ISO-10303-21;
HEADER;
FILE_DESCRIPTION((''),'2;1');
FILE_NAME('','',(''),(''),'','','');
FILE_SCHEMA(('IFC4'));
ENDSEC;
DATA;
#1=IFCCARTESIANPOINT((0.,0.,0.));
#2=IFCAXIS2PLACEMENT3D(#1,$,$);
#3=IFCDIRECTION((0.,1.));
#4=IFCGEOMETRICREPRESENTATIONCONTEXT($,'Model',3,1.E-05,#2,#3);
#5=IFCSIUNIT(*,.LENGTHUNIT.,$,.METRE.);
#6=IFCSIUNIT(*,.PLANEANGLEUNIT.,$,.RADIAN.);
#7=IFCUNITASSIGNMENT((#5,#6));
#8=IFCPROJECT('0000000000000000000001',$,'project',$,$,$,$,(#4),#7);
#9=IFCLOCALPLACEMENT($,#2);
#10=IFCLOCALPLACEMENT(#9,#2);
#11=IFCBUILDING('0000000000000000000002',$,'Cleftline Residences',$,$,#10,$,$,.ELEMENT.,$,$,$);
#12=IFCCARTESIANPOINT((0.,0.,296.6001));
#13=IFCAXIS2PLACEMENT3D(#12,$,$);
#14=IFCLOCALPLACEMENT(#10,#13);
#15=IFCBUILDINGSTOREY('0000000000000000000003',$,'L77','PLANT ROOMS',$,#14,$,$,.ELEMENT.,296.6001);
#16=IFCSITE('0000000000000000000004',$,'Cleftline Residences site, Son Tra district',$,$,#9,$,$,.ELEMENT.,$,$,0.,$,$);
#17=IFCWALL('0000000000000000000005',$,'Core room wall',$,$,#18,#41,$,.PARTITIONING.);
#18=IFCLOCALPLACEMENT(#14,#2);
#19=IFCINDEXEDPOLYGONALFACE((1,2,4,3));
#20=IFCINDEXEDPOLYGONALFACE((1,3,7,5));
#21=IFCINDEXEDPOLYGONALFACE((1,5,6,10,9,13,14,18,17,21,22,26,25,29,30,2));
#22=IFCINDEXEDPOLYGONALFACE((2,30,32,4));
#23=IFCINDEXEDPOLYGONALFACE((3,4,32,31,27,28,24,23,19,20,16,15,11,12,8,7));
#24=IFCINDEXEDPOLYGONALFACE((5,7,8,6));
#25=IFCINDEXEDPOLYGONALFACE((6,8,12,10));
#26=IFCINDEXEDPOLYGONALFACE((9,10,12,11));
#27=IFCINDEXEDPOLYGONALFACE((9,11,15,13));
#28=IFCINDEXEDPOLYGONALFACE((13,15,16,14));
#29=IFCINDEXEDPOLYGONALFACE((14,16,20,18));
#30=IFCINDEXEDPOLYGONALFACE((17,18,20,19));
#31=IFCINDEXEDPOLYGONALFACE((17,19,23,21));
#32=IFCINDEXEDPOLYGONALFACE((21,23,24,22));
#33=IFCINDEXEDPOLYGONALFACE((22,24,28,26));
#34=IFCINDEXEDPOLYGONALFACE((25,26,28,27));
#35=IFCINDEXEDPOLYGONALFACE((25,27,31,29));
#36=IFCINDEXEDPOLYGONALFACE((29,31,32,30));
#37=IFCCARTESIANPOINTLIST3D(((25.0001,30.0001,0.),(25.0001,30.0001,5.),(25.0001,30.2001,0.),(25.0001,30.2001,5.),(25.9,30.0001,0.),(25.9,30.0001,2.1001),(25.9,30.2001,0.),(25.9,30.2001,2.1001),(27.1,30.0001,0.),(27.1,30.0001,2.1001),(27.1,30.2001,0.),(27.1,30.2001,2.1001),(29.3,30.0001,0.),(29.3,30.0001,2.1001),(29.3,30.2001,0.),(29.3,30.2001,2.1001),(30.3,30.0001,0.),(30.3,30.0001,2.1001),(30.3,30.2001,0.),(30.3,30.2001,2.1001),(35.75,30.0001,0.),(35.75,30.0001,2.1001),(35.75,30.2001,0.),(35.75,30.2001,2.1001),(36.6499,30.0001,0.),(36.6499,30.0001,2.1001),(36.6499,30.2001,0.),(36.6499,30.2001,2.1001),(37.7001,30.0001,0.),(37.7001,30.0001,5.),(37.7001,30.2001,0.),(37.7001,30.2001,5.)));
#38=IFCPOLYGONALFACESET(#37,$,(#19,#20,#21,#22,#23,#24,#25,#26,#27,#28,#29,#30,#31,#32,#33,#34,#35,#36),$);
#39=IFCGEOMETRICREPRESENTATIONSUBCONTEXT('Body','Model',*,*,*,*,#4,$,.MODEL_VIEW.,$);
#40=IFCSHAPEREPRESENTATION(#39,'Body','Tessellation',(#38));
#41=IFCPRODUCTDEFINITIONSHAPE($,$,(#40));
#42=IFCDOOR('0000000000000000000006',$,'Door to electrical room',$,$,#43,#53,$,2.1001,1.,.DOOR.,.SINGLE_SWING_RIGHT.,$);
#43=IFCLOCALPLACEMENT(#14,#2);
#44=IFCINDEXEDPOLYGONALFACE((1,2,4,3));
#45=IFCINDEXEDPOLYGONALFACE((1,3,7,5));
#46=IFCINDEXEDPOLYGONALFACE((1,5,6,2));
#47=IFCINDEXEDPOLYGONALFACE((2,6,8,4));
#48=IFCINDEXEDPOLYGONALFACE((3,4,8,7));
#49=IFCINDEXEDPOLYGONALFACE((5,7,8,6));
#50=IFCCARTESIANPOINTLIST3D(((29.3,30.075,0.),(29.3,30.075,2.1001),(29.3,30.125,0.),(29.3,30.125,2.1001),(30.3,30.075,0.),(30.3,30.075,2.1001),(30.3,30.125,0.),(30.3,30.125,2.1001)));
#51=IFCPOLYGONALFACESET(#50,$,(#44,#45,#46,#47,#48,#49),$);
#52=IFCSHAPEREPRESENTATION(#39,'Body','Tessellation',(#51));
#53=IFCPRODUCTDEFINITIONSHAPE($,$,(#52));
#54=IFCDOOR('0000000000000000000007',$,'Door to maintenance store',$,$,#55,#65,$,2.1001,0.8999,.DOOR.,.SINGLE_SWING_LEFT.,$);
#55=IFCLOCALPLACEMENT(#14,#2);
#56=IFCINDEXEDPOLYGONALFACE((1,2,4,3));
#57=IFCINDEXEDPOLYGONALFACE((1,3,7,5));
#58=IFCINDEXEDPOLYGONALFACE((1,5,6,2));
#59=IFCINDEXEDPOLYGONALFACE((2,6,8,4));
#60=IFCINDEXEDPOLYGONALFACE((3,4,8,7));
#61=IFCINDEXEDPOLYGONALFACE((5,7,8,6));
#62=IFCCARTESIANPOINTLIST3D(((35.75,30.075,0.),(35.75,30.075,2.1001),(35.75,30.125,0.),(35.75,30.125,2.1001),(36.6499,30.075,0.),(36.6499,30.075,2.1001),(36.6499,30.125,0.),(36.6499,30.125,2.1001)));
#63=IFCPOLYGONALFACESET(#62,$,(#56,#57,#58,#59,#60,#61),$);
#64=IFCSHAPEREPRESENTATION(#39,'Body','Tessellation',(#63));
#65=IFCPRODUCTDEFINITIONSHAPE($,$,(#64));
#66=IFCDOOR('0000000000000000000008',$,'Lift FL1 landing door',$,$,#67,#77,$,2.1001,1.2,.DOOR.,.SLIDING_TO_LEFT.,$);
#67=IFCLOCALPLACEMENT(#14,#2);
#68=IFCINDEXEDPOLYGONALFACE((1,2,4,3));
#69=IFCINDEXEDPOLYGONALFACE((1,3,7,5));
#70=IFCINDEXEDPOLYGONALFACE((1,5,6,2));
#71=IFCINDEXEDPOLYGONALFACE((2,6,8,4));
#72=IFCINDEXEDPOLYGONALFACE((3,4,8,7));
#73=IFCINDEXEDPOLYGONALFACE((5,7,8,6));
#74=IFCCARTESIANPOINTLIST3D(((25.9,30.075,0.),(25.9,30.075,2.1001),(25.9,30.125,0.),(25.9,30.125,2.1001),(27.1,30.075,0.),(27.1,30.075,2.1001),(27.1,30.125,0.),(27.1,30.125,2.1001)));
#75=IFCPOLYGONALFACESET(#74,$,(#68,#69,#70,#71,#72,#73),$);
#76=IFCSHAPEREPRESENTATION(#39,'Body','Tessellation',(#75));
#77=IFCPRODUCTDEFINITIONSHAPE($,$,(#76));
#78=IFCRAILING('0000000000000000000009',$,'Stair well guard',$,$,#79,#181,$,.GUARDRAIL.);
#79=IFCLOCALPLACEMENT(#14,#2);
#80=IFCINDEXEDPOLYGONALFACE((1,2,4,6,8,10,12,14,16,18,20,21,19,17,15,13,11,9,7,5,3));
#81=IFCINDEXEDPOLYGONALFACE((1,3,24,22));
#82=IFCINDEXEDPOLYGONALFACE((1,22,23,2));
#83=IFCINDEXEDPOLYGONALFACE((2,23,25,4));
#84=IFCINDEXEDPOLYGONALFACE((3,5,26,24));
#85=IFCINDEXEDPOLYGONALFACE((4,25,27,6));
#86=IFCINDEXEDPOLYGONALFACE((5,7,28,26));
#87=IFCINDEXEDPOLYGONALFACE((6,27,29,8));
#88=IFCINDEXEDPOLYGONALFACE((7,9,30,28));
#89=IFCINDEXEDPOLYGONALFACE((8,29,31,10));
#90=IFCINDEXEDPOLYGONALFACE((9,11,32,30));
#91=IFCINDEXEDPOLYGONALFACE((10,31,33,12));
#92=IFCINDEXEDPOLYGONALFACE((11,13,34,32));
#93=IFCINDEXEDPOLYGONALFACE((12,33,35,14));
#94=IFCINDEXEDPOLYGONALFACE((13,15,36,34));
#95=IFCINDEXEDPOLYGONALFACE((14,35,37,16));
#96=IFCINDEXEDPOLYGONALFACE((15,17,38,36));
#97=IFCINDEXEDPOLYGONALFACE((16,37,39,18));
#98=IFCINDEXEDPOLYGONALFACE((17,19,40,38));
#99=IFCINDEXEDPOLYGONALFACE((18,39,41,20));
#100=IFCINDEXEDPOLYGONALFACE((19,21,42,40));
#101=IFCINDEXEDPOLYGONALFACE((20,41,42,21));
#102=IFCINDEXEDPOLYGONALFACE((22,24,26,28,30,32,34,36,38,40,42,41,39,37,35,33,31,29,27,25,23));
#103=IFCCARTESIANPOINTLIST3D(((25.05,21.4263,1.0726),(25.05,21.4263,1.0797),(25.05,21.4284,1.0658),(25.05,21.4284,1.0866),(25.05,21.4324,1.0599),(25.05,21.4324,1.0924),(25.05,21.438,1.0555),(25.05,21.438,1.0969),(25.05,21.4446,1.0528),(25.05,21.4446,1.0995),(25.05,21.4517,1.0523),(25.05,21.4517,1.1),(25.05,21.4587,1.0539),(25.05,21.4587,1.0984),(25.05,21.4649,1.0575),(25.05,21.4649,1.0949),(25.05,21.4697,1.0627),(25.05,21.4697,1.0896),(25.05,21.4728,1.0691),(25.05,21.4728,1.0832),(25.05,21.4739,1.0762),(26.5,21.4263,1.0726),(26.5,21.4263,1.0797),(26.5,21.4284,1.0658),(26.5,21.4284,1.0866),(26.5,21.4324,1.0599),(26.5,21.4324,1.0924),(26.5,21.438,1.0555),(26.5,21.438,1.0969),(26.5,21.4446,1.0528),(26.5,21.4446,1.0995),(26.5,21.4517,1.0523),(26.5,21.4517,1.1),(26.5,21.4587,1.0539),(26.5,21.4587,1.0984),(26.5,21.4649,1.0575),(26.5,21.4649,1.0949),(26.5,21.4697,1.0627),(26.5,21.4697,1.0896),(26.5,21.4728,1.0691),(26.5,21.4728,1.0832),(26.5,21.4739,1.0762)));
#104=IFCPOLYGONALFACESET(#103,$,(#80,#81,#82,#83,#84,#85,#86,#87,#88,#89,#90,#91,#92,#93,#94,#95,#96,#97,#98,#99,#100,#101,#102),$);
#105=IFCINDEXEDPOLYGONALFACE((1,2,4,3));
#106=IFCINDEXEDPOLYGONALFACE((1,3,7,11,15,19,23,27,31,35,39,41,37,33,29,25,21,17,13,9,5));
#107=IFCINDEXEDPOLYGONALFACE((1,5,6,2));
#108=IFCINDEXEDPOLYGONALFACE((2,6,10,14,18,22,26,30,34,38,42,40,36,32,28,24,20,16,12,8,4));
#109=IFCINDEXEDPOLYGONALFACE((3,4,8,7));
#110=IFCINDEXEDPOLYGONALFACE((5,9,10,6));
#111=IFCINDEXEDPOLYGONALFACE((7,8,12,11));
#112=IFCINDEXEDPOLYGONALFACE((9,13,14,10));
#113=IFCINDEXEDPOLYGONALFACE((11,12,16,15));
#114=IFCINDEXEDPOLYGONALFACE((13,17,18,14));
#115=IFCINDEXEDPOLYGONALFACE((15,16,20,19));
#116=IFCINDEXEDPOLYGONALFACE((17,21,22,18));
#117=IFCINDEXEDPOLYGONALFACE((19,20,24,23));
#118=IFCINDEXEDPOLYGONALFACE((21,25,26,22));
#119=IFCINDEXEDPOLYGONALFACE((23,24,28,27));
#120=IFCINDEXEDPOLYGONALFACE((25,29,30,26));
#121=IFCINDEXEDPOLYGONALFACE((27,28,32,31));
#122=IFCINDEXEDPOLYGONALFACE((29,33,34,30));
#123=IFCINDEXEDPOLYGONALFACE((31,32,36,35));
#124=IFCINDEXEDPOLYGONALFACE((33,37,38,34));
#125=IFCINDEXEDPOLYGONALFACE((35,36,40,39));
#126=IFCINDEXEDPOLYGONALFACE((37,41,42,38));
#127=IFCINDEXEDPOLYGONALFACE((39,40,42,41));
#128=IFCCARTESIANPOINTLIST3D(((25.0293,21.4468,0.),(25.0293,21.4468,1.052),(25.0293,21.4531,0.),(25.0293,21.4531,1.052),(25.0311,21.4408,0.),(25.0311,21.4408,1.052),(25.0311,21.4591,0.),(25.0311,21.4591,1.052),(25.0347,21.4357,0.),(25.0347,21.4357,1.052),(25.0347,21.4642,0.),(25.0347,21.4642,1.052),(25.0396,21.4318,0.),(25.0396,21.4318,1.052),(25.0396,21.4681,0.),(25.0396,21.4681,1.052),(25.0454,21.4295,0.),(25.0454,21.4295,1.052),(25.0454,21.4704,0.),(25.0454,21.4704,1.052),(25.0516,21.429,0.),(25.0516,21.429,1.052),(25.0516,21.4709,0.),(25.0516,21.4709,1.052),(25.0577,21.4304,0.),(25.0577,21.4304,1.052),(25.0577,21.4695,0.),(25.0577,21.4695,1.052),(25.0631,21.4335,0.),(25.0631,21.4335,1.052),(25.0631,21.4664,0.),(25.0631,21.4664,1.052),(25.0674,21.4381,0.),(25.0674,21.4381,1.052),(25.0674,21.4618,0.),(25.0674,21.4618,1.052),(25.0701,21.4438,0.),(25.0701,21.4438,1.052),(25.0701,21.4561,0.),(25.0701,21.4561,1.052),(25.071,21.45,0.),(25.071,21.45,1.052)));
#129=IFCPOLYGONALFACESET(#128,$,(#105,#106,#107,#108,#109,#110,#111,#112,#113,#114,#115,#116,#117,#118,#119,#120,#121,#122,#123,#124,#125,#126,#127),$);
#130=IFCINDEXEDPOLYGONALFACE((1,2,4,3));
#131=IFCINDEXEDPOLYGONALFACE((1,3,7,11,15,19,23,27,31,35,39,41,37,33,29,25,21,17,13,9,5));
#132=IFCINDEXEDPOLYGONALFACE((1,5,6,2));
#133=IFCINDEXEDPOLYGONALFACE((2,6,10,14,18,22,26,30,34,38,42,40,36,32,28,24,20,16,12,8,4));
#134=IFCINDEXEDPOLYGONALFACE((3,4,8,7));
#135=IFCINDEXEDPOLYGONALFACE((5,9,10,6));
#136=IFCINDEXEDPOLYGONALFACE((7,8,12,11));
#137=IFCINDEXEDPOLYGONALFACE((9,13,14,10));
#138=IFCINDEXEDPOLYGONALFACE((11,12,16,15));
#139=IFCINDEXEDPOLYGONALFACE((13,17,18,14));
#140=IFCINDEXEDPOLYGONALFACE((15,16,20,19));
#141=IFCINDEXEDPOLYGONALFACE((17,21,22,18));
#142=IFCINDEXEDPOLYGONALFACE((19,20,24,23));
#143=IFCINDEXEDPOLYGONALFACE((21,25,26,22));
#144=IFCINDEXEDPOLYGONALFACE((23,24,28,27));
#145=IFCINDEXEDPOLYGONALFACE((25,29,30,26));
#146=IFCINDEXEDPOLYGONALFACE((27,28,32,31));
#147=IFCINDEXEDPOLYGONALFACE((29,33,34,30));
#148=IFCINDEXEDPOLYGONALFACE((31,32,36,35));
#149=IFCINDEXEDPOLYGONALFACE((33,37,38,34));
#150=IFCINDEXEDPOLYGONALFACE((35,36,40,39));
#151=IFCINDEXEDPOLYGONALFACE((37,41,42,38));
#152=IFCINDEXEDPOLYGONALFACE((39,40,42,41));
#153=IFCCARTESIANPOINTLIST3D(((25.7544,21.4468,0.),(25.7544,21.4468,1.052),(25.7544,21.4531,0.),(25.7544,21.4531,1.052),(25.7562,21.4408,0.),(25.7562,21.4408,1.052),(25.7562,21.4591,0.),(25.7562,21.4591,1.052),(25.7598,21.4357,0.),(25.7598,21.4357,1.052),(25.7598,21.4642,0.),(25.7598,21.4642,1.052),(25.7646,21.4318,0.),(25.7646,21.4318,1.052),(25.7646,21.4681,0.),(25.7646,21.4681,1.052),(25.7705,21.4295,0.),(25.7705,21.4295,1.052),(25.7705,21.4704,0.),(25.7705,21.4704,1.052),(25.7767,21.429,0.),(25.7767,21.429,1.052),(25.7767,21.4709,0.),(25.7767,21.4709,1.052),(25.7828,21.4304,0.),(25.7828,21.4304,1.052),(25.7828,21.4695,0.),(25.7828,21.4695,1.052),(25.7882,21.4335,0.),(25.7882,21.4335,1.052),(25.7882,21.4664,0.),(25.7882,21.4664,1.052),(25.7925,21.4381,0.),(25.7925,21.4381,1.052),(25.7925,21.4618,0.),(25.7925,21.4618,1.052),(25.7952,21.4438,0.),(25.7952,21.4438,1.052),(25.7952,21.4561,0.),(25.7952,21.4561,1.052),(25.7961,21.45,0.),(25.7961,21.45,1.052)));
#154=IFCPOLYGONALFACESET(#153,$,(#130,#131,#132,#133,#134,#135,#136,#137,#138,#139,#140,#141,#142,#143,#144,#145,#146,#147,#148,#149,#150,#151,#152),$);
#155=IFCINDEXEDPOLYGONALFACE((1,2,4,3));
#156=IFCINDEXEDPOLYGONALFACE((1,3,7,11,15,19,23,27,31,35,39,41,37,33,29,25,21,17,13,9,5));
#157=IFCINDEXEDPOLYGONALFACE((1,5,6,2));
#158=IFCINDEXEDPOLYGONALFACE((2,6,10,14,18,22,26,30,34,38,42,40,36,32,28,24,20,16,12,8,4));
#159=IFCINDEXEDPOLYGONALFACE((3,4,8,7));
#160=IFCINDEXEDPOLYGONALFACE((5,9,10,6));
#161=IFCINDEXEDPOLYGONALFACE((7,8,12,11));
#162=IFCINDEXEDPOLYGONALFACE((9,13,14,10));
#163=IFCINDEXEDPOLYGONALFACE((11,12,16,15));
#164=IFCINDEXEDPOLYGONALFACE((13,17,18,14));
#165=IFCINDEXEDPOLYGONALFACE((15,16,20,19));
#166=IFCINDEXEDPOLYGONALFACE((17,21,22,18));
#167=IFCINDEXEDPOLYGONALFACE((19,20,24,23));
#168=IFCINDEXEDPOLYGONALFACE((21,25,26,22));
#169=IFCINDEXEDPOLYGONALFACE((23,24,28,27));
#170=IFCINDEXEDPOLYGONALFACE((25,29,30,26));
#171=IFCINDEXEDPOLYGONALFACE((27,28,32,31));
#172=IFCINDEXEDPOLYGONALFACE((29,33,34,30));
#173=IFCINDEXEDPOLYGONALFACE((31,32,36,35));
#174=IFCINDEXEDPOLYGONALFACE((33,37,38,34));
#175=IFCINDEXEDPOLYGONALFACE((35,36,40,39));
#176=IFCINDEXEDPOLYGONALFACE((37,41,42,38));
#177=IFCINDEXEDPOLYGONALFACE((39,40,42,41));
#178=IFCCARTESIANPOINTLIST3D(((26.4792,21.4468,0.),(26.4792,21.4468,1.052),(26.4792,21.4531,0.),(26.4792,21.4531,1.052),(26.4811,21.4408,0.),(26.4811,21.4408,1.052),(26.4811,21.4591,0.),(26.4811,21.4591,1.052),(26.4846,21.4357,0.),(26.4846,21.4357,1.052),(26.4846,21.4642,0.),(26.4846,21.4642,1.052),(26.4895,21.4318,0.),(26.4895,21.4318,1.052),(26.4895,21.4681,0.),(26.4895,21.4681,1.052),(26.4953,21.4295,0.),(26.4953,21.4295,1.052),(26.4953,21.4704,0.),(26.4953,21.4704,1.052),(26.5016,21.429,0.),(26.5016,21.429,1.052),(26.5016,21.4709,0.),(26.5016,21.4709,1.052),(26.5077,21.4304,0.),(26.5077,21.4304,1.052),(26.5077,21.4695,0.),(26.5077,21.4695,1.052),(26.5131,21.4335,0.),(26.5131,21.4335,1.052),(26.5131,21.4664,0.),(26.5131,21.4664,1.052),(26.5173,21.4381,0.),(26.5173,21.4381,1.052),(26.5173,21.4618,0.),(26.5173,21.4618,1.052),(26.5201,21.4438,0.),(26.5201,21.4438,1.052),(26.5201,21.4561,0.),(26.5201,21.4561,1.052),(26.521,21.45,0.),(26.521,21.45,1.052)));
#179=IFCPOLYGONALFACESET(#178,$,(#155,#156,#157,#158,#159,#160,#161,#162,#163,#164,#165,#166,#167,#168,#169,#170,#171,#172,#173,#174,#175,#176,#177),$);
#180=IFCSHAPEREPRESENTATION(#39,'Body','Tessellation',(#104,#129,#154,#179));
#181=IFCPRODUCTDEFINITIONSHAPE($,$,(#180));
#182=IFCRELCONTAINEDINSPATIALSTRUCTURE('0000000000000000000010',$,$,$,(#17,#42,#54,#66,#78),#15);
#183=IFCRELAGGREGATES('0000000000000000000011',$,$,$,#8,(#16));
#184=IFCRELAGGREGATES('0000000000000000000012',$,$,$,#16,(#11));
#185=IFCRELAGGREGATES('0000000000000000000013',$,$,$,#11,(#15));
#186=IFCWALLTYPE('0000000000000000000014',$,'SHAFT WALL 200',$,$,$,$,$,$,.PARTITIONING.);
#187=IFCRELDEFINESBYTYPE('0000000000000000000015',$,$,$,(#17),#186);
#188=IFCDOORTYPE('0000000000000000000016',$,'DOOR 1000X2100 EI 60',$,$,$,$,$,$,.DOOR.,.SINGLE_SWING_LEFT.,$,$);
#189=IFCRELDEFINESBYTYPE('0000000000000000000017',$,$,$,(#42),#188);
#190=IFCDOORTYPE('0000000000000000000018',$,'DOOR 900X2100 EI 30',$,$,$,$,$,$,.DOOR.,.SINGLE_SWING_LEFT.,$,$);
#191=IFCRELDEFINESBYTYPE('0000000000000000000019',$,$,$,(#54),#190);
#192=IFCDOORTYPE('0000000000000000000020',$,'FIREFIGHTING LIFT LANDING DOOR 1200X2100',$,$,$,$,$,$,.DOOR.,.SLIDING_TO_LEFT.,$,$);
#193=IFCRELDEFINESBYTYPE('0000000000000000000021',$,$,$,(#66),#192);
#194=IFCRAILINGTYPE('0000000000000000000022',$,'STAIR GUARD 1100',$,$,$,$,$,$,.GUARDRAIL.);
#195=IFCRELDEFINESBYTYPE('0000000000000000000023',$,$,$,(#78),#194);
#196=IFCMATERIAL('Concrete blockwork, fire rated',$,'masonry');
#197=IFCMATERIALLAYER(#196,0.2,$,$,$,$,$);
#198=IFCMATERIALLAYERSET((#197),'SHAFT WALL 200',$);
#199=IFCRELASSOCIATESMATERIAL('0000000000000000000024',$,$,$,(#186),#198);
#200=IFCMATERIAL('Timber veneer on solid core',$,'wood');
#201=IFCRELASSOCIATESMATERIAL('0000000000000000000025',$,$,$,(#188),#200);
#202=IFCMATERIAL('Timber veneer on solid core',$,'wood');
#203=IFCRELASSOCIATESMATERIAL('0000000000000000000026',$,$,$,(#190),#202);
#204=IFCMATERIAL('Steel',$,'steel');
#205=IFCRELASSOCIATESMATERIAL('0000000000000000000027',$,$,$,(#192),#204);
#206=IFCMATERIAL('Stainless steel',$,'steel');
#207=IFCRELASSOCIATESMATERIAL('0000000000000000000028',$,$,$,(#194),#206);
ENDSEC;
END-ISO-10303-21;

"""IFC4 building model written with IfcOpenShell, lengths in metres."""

from ifc_helpers import new_model, si_unit, direction, frame, frame_2d, origin, origin_2d, place, context, subcontext, project, spatial, rectangle, circle, extrude, material, layer, layer_set, type_object, element, fill, save


model = new_model("IFC4")

# Units and contexts
model_context = context("Model", 3, precision=1e-05, world=origin(), true_north=direction((0.0, 1.0)))
body_context = subcontext(model_context, "Body", "Model", "MODEL_VIEW")
ifc_project = project(units=[si_unit("LENGTHUNIT", "METRE"), si_unit("PLANEANGLEUNIT", "RADIAN")], contexts=[model_context])

# Site, building, storey
site_placement = place(None, origin())
site = spatial("IfcSite", under=ifc_project, at=site_placement, Name="Cleftline Residences site, Son Tra district", CompositionType="ELEMENT", RefElevation=0.0)
building_placement = place(site_placement, origin())
building = spatial("IfcBuilding", under=site, at=building_placement, Name="Cleftline Residences", CompositionType="ELEMENT")
storey_placement = place(building_placement, frame((0.0, 0.0, 296.6001)))
storey = spatial("IfcBuildingStorey", under=building, at=storey_placement, Name="L77", Description="PLANT ROOMS", CompositionType="ELEMENT", Elevation=296.6001)

# Wall, openings, doors
ifc_material_1 = material(Name="Concrete blockwork, fire rated", Category="masonry")
ifc_layer_1 = layer(ifc_material_1, 0.2)
ifc_layer_set_1 = layer_set([ifc_layer_1], Name="SHAFT WALL 200")
wall_type_1 = type_object("IfcWallType", Name="SHAFT WALL 200", PredefinedType="PARTITIONING", material=ifc_layer_set_1)
ifc_material_2 = material(Name="Timber veneer on solid core", Category="wood")
door_type_1 = type_object("IfcDoorType", Name="DOOR 1000X2100 EI 60", OperationType="SINGLE_SWING_LEFT", PredefinedType="DOOR", material=ifc_material_2)
ifc_material_3 = material(Name="Timber veneer on solid core", Category="wood")
door_type_2 = type_object("IfcDoorType", Name="DOOR 900X2100 EI 30", OperationType="SINGLE_SWING_LEFT", PredefinedType="DOOR", material=ifc_material_3)
ifc_material_4 = material(Name="Steel", Category="steel")
door_type_3 = type_object("IfcDoorType", Name="FIREFIGHTING LIFT LANDING DOOR 1200X2100", OperationType="SLIDING_TO_LEFT", PredefinedType="DOOR", material=ifc_material_4)
wall_1_placement = place(storey_placement, frame((25.0, 30.1001, 0.0), z_axis=(0.0, 0.0, 1.0), x_axis=(1.0, 0.0, 0.0)))
wall_1 = element("IfcWall", 1, at=wall_1_placement, inside=storey, type_object=wall_type_1, Name="Core room wall", PredefinedType="PARTITIONING", context=body_context, shape_type="SweptSolid", body=[
    extrude(rectangle(XDim=12.7, YDim=0.2, at=frame_2d((6.3501, 0.0))), origin(), (0.0, 0.0, 1.0), 5.0),
])
opening_1_placement = place(wall_1_placement, frame((4.3, 0.0, 0.0)))
opening_1 = element("IfcOpeningElement", 2, at=opening_1_placement, cuts=wall_1, PredefinedType="OPENING", context=body_context, shape_type="SweptSolid", body=[
    extrude(rectangle(XDim=1.0, YDim=2.1001, at=frame_2d((0.5, 1.05))), frame((0.0, 0.1099, 0.0), z_axis=(0.0, -1.0, 0.0), x_axis=(1.0, 0.0, 0.0)), (0.0, 0.0, 1.0), 0.22),
])
opening_2_placement = place(wall_1_placement, frame((10.75, 0.0, 0.0)))
opening_2 = element("IfcOpeningElement", 3, at=opening_2_placement, cuts=wall_1, PredefinedType="OPENING", context=body_context, shape_type="SweptSolid", body=[
    extrude(rectangle(XDim=0.8999, YDim=2.1001, at=frame_2d((0.45, 1.05))), frame((0.0, 0.1099, 0.0), z_axis=(0.0, -1.0, 0.0), x_axis=(1.0, 0.0, 0.0)), (0.0, 0.0, 1.0), 0.22),
])
opening_3_placement = place(wall_1_placement, frame((0.8999, 0.0, 0.0)))
opening_3 = element("IfcOpeningElement", 4, at=opening_3_placement, cuts=wall_1, PredefinedType="OPENING", context=body_context, shape_type="SweptSolid", body=[
    extrude(rectangle(XDim=1.2, YDim=2.1001, at=frame_2d((0.6001, 1.05))), frame((0.0, 0.1099, 0.0), z_axis=(0.0, -1.0, 0.0), x_axis=(1.0, 0.0, 0.0)), (0.0, 0.0, 1.0), 0.22),
])
door_1_placement = place(opening_1_placement, origin())
door_1 = element("IfcDoor", 5, at=door_1_placement, inside=storey, type_object=door_type_1, Name="Door to electrical room", OperationType="SINGLE_SWING_RIGHT", OverallHeight=2.1001, OverallWidth=1.0, PredefinedType="DOOR", context=body_context, shape_type="SweptSolid", body=[
    extrude(rectangle(XDim=1.0, YDim=2.1001, at=frame_2d((0.5, 1.05))), frame((0.0, 0.0249, 0.0), z_axis=(0.0, -1.0, 0.0), x_axis=(1.0, 0.0, 0.0)), (0.0, 0.0, 1.0), 0.05),
])
fill(opening_1, door_1)
door_2_placement = place(opening_2_placement, origin())
door_2 = element("IfcDoor", 6, at=door_2_placement, inside=storey, type_object=door_type_2, Name="Door to maintenance store", OperationType="SINGLE_SWING_LEFT", OverallHeight=2.1001, OverallWidth=0.8999, PredefinedType="DOOR", context=body_context, shape_type="SweptSolid", body=[
    extrude(rectangle(XDim=0.8999, YDim=2.1001, at=frame_2d((0.45, 1.05))), frame((0.0, 0.0249, 0.0), z_axis=(0.0, -1.0, 0.0), x_axis=(1.0, 0.0, 0.0)), (0.0, 0.0, 1.0), 0.05),
])
fill(opening_2, door_2)
door_3_placement = place(opening_3_placement, origin())
door_3 = element("IfcDoor", 7, at=door_3_placement, inside=storey, type_object=door_type_3, Name="Lift FL1 landing door", OperationType="SLIDING_TO_LEFT", OverallHeight=2.1001, OverallWidth=1.2, PredefinedType="DOOR", context=body_context, shape_type="SweptSolid", body=[
    extrude(rectangle(XDim=1.2, YDim=2.1001, at=frame_2d((0.6001, 1.05))), frame((0.0, 0.0249, 0.0), z_axis=(0.0, -1.0, 0.0), x_axis=(1.0, 0.0, 0.0)), (0.0, 0.0, 1.0), 0.05),
])
fill(opening_3, door_3)

# Railing
ifc_material_5 = material(Name="Stainless steel", Category="steel")
railing_type = type_object("IfcRailingType", Name="STAIR GUARD 1100", PredefinedType="GUARDRAIL", material=ifc_material_5)
railing_placement = place(storey_placement, frame((25.05, 21.45, 0.0)))
element("IfcRailing", 8, at=railing_placement, inside=storey, type_object=railing_type, Name="Stair well guard", PredefinedType="GUARDRAIL", context=body_context, shape_type="SweptSolid", body=[
    extrude(circle(Radius=0.0239, at=origin_2d()), frame((0.0, 0.0, 1.0762), z_axis=(1.0, 0.0, 0.0), x_axis=(0.0, 1.0, 0.0)), (0.0, 0.0, 1.0), 1.45),
    extrude(circle(Radius=0.021, at=origin_2d()), origin(), (0.0, 0.0, 1.0), 1.052),
    extrude(circle(Radius=0.021, at=origin_2d()), frame((0.7251, 0.0, 0.0)), (0.0, 0.0, 1.0), 1.052),
    extrude(circle(Radius=0.021, at=origin_2d()), frame((1.45, 0.0, 0.0)), (0.0, 0.0, 1.0), 1.052),
])

save(model, "model.ifc")
